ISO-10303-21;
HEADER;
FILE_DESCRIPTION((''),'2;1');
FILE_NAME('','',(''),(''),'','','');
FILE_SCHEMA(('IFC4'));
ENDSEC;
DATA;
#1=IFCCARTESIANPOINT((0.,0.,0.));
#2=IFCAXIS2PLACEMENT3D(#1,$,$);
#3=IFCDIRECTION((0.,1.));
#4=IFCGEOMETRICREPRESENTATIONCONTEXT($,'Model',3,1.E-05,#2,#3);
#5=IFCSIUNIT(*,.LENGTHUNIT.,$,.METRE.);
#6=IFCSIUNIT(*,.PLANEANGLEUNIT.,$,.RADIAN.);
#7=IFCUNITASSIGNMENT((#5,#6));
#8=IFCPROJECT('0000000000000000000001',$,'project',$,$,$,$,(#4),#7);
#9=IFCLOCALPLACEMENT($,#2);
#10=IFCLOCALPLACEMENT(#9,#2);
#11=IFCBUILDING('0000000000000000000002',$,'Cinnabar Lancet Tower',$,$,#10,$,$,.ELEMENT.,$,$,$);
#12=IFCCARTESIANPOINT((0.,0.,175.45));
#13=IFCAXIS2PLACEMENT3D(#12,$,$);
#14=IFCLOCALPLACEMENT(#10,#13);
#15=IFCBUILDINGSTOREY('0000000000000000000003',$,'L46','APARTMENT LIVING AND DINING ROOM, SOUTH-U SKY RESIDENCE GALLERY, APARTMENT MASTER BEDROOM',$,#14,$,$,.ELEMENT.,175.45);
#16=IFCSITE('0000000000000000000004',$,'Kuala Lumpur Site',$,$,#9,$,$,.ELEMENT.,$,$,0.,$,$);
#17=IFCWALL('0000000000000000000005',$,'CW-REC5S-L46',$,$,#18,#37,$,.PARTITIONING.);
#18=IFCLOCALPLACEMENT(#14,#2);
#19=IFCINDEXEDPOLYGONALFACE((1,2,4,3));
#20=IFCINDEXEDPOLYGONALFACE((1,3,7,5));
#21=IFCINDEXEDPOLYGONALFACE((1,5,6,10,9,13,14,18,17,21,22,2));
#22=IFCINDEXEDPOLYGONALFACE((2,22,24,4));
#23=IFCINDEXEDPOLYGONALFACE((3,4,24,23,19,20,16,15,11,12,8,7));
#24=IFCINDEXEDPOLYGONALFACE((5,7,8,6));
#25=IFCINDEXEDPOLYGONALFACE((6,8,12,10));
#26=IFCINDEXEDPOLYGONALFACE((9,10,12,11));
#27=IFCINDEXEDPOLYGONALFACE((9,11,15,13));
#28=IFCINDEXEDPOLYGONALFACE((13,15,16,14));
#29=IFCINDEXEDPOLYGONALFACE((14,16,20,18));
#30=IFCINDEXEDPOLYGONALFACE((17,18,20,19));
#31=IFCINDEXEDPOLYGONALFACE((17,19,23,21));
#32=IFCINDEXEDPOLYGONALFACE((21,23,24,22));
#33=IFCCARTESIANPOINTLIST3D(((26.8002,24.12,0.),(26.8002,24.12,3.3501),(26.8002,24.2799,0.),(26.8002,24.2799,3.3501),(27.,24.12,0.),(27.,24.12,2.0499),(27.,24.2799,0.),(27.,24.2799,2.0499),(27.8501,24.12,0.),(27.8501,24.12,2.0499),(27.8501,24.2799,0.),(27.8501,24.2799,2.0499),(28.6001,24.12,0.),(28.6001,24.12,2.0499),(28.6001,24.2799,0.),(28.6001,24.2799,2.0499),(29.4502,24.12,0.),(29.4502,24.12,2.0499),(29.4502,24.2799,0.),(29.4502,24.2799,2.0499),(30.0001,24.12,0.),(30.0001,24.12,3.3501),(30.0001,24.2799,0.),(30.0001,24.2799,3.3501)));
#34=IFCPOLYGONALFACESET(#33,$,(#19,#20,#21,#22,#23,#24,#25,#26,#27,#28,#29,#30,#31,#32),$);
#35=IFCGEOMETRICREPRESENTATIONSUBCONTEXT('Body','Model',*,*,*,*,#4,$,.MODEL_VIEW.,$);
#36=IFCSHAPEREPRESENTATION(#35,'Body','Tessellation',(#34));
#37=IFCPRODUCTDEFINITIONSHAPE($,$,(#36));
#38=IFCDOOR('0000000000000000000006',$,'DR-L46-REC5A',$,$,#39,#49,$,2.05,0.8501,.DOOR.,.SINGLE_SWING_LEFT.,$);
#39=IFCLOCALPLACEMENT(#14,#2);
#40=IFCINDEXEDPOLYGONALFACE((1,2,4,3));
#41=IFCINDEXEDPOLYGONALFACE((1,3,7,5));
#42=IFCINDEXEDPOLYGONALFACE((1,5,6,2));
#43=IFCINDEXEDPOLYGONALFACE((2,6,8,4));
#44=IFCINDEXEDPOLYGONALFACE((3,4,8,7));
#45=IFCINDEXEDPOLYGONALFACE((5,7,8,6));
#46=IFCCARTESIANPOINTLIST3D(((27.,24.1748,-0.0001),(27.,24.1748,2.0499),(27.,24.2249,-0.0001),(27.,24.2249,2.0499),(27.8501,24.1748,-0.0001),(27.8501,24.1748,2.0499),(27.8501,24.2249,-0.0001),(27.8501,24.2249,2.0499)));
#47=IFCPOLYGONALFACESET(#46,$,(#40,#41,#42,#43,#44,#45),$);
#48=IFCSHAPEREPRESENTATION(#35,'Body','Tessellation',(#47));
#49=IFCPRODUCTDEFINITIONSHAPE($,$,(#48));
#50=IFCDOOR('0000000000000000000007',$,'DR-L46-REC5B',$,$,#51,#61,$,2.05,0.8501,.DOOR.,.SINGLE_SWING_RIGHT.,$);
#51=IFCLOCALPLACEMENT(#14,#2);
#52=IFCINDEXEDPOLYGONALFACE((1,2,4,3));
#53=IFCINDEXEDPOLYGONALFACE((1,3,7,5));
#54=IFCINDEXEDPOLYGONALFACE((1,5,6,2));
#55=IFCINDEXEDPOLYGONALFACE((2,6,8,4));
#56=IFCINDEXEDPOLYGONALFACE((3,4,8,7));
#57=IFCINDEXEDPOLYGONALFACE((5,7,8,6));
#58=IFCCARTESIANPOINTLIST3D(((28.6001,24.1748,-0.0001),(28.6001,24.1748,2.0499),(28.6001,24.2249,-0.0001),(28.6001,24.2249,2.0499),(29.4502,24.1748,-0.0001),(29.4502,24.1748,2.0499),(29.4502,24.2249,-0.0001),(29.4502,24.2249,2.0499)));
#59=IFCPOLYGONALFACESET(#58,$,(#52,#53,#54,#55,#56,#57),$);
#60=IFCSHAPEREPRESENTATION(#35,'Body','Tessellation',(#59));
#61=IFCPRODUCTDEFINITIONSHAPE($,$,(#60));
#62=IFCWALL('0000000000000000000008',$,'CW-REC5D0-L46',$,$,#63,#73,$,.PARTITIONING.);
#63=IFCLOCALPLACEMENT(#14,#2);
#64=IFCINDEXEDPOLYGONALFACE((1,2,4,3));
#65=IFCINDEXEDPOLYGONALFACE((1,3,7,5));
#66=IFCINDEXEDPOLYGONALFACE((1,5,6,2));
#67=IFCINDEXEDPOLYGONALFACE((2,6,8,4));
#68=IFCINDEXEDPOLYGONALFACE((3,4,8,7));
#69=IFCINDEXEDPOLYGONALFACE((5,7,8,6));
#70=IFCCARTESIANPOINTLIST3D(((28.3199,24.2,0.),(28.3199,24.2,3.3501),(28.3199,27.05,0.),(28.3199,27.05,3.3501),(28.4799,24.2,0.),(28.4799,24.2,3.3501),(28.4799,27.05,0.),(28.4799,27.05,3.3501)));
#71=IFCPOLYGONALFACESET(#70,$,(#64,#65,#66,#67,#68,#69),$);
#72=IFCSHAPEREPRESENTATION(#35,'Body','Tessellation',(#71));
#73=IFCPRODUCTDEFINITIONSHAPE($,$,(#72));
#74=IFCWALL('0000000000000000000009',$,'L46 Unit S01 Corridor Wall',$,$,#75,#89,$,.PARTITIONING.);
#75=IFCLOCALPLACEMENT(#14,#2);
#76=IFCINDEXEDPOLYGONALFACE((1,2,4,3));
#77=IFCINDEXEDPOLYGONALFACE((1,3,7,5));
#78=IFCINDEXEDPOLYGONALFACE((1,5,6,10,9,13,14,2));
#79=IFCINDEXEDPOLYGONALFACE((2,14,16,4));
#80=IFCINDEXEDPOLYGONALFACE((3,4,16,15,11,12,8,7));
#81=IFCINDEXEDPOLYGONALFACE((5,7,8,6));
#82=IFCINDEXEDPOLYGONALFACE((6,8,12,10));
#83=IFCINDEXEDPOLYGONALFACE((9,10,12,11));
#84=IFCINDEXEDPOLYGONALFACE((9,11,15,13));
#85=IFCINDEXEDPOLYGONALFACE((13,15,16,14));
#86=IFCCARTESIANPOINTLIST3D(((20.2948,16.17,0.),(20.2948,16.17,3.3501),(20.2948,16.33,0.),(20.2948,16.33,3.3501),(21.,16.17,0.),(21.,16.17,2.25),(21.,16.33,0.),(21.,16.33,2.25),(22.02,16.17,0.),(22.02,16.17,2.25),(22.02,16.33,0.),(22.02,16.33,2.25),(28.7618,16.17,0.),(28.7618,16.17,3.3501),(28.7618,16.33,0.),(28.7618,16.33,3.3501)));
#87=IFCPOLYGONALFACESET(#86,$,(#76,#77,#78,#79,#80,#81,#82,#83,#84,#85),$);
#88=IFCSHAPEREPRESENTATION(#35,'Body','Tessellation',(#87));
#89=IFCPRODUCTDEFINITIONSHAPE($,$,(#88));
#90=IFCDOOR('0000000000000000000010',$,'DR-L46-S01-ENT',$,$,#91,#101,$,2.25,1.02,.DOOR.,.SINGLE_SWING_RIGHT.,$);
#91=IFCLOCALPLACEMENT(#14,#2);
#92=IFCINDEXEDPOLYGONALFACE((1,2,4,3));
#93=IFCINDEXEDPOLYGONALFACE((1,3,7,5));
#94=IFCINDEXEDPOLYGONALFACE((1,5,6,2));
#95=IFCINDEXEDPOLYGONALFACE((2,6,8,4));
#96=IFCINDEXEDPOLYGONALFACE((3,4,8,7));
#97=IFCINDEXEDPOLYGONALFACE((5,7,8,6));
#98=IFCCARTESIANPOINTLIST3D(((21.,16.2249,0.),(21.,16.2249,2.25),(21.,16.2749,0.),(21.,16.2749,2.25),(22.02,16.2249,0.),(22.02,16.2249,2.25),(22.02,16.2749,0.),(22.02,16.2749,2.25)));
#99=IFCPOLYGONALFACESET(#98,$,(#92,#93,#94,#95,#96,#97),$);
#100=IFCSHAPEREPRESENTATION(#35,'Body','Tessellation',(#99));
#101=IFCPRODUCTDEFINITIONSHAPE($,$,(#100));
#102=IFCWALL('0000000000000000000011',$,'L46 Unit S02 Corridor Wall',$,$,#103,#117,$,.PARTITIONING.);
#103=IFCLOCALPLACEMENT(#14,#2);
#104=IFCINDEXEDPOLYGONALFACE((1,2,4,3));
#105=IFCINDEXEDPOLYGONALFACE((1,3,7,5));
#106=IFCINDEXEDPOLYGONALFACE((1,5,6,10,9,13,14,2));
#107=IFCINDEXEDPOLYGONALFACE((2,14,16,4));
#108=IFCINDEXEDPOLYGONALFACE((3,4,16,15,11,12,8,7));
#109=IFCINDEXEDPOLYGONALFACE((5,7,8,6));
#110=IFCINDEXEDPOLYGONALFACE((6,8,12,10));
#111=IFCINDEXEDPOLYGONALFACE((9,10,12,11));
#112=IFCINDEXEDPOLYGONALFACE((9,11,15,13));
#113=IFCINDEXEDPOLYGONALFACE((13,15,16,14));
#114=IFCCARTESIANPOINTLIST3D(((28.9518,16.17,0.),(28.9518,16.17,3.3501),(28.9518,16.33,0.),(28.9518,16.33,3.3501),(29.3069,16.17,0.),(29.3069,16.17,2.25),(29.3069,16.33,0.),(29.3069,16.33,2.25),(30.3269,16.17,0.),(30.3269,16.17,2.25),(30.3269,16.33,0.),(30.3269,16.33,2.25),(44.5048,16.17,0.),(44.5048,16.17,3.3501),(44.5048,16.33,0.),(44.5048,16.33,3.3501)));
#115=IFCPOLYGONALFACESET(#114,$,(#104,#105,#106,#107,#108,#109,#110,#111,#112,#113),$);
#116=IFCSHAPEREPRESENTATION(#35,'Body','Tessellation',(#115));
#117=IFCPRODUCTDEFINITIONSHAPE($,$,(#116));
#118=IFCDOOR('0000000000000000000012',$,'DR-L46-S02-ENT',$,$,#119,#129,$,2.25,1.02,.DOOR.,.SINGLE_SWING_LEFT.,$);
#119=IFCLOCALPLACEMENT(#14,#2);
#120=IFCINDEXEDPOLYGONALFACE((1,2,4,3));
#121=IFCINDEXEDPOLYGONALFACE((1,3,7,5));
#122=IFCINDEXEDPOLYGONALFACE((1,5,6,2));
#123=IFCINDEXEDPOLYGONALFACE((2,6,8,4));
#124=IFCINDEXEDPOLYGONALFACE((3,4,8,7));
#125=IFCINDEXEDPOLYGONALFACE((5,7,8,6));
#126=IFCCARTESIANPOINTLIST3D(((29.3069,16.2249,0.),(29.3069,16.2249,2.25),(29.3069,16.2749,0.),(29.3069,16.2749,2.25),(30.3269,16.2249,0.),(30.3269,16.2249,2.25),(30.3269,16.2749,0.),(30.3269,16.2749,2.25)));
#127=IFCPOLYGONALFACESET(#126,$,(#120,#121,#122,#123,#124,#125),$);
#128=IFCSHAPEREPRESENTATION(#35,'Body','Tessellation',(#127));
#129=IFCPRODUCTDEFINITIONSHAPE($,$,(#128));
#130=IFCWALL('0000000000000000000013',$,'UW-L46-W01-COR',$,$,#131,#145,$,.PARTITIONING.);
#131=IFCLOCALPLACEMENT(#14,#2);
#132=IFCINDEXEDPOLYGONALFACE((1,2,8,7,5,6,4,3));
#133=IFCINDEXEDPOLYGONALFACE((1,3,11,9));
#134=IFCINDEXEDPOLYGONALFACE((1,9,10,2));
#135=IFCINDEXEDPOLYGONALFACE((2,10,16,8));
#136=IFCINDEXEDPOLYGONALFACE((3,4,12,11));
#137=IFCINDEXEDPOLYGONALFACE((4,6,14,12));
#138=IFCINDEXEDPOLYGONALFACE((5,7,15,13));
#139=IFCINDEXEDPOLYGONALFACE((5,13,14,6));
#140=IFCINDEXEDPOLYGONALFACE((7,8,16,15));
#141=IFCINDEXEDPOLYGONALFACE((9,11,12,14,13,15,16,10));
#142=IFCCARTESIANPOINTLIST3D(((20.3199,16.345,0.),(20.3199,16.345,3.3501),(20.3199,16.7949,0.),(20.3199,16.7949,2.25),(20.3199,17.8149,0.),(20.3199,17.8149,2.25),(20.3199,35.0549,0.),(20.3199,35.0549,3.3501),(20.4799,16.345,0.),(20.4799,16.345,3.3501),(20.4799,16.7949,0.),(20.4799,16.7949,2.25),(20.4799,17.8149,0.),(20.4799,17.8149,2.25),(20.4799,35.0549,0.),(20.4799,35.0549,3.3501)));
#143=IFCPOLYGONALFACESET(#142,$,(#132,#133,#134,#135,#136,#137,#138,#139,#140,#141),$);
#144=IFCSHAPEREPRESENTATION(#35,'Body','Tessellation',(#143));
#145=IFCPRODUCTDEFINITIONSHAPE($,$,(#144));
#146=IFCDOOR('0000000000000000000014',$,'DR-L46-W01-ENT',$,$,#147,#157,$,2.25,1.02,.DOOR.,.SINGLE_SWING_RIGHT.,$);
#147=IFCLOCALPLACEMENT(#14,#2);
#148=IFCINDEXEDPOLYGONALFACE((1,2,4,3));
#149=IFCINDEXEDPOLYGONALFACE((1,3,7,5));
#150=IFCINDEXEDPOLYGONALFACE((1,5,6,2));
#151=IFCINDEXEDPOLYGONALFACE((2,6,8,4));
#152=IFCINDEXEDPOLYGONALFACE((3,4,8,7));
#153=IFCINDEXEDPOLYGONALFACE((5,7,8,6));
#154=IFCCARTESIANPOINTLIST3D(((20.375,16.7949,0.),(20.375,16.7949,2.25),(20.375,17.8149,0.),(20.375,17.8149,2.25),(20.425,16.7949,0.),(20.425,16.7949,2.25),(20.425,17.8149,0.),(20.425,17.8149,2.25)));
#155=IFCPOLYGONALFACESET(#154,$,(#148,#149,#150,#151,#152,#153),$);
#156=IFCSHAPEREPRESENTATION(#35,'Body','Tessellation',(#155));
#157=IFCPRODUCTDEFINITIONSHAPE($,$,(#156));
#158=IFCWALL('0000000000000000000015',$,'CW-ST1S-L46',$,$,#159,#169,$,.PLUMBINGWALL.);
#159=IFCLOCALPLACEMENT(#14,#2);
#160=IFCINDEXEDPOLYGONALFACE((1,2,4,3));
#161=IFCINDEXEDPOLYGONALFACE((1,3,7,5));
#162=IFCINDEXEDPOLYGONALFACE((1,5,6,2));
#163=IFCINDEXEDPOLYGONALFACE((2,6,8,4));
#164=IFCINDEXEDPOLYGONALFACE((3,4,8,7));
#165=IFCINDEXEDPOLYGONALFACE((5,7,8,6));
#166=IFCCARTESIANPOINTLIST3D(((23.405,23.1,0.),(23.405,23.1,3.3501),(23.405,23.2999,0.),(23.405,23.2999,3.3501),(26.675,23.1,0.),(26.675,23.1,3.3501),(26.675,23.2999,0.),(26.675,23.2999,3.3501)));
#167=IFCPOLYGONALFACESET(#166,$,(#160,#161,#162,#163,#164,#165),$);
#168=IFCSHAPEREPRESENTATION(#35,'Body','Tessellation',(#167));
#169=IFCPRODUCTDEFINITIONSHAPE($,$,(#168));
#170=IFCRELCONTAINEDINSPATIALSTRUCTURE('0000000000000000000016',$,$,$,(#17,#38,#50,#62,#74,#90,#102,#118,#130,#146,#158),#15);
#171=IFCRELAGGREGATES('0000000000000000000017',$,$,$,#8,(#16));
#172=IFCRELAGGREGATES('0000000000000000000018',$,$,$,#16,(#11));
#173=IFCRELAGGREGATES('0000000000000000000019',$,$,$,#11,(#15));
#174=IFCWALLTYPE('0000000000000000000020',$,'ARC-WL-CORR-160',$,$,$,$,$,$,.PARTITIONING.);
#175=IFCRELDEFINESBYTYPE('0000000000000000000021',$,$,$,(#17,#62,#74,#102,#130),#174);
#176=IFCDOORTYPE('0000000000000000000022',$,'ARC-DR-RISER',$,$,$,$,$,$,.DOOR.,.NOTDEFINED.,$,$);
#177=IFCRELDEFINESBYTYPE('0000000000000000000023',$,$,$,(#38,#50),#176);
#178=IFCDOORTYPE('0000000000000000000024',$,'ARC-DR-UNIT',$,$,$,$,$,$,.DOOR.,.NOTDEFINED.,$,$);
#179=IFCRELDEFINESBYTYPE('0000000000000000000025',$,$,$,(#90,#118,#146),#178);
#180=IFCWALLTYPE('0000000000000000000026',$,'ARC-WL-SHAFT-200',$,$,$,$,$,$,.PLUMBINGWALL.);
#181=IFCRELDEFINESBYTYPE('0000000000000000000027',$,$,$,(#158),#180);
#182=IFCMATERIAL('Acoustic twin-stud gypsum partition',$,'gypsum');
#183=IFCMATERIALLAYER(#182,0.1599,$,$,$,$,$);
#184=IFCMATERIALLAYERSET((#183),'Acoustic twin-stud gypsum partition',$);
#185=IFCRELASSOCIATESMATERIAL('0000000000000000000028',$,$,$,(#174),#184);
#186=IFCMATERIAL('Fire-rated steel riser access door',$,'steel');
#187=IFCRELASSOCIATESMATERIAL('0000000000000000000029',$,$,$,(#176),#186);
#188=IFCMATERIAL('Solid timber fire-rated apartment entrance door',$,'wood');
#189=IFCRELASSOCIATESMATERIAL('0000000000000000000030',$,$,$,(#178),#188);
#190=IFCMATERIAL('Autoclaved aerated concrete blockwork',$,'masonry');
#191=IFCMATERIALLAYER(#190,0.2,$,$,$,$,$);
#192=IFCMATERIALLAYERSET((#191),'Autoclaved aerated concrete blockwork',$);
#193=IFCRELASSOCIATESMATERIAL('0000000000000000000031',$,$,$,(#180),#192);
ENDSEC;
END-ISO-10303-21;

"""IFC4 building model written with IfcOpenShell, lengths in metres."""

from ifc_helpers import new_model, si_unit, direction, frame, frame_2d, origin, place, context, subcontext, project, spatial, rectangle, extrude, material, layer, layer_set, type_object, element, fill, save


model = new_model("IFC4")

# Units and contexts
model_context = context("Model", 3, precision=1e-05, world=origin(), true_north=direction((0.0, 1.0)))
body_context = subcontext(model_context, "Body", "Model", "MODEL_VIEW")
ifc_project = project(units=[si_unit("LENGTHUNIT", "METRE"), si_unit("PLANEANGLEUNIT", "RADIAN")], contexts=[model_context])

# Site, building, storey
site_placement = place(None, origin())
site = spatial("IfcSite", under=ifc_project, at=site_placement, Name="Kuala Lumpur Site", CompositionType="ELEMENT", RefElevation=0.0)
building_placement = place(site_placement, origin())
building = spatial("IfcBuilding", under=site, at=building_placement, Name="Cinnabar Lancet Tower", CompositionType="ELEMENT")
storey_placement = place(building_placement, frame((0.0, 0.0, 175.45)))
storey = spatial("IfcBuildingStorey", under=building, at=storey_placement, Name="L46", Description="APARTMENT LIVING AND DINING ROOM, SOUTH-U SKY RESIDENCE GALLERY, APARTMENT MASTER BEDROOM", CompositionType="ELEMENT", Elevation=175.45)

# Wall, openings, doors
ifc_material_1 = material(Name="Acoustic twin-stud gypsum partition", Category="gypsum")
ifc_layer_1 = layer(ifc_material_1, 0.1599)
ifc_layer_set_1 = layer_set([ifc_layer_1], Name="Acoustic twin-stud gypsum partition")
wall_type_1 = type_object("IfcWallType", Name="ARC-WL-CORR-160", PredefinedType="PARTITIONING", material=ifc_layer_set_1)
wall_1_placement = place(storey_placement, frame((26.8, 24.2, 0.0), z_axis=(0.0, 0.0, 1.0), x_axis=(1.0, 0.0, 0.0)))
wall_1 = element("IfcWall", 1, at=wall_1_placement, inside=storey, type_object=wall_type_1, Name="CW-REC5S-L46", PredefinedType="PARTITIONING", context=body_context, shape_type="SweptSolid", body=[
    extrude(rectangle(XDim=3.2, YDim=0.1599, at=frame_2d((1.6001, 0.0))), origin(), (0.0, 0.0, 1.0), 3.3501),
])
opening_1_placement = place(wall_1_placement, frame((0.2, 0.0, 0.0)))
opening_1 = element("IfcOpeningElement", 2, at=opening_1_placement, cuts=wall_1, PredefinedType="OPENING", context=body_context, shape_type="SweptSolid", body=[
    extrude(rectangle(XDim=0.8501, YDim=2.05, at=frame_2d((0.425, 1.0249))), frame((0.0, 0.0898, 0.0), z_axis=(0.0, -1.0, 0.0), x_axis=(1.0, 0.0, 0.0)), (0.0, 0.0, 1.0), 0.1799),
])
opening_2_placement = place(wall_1_placement, frame((1.8, 0.0, 0.0)))
opening_2 = element("IfcOpeningElement", 3, at=opening_2_placement, cuts=wall_1, PredefinedType="OPENING", context=body_context, shape_type="SweptSolid", body=[
    extrude(rectangle(XDim=0.8501, YDim=2.05, at=frame_2d((0.425, 1.0249))), frame((0.0, 0.0898, 0.0), z_axis=(0.0, -1.0, 0.0), x_axis=(1.0, 0.0, 0.0)), (0.0, 0.0, 1.0), 0.1799),
])
ifc_material_2 = material(Name="Fire-rated steel riser access door", Category="steel")
door_type_1 = type_object("IfcDoorType", Name="ARC-DR-RISER", OperationType="NOTDEFINED", PredefinedType="DOOR", material=ifc_material_2)
door_1_placement = place(opening_1_placement, origin())
door_1 = element("IfcDoor", 4, at=door_1_placement, inside=storey, type_object=door_type_1, Name="DR-L46-REC5A", OperationType="SINGLE_SWING_LEFT", OverallHeight=2.05, OverallWidth=0.8501, PredefinedType="DOOR", context=body_context, shape_type="SweptSolid", body=[
    extrude(rectangle(XDim=0.8501, YDim=2.05, at=frame_2d((0.425, 1.0249))), frame((0.0, 0.0249, 0.0), z_axis=(0.0, -1.0, 0.0), x_axis=(1.0, 0.0, 0.0)), (0.0, 0.0, 1.0), 0.05),
])
fill(opening_1, door_1)
door_2_placement = place(opening_2_placement, origin())
door_2 = element("IfcDoor", 5, at=door_2_placement, inside=storey, type_object=door_type_1, Name="DR-L46-REC5B", OperationType="SINGLE_SWING_RIGHT", OverallHeight=2.05, OverallWidth=0.8501, PredefinedType="DOOR", context=body_context, shape_type="SweptSolid", body=[
    extrude(rectangle(XDim=0.8501, YDim=2.05, at=frame_2d((0.425, 1.0249))), frame((0.0, 0.0249, 0.0), z_axis=(0.0, -1.0, 0.0), x_axis=(1.0, 0.0, 0.0)), (0.0, 0.0, 1.0), 0.05),
])
fill(opening_2, door_2)

# Wall
wall_2_placement = place(storey_placement, frame((28.3999, 24.2, 0.0), z_axis=(0.0, 0.0, 1.0), x_axis=(0.0, 1.0, 0.0)))
element("IfcWall", 6, at=wall_2_placement, inside=storey, type_object=wall_type_1, Name="CW-REC5D0-L46", PredefinedType="PARTITIONING", context=body_context, shape_type="SweptSolid", body=[
    extrude(rectangle(XDim=2.8501, YDim=0.1599, at=frame_2d((1.425, 0.0))), origin(), (0.0, 0.0, 1.0), 3.3501),
])

# Walls, openings, doors
wall_3_placement = place(storey_placement, frame((20.2949, 16.25, 0.0), z_axis=(0.0, 0.0, 1.0), x_axis=(1.0, 0.0, 0.0)))
wall_3 = element("IfcWall", 7, at=wall_3_placement, inside=storey, type_object=wall_type_1, Name="L46 Unit S01 Corridor Wall", PredefinedType="PARTITIONING", context=body_context, shape_type="SweptSolid", body=[
    extrude(rectangle(XDim=8.467, YDim=0.1599, at=frame_2d((4.2334, 0.0))), origin(), (0.0, 0.0, 1.0), 3.3501),
])
opening_3_placement = place(wall_3_placement, frame((0.7051, 0.0, 0.0)))
opening_3 = element("IfcOpeningElement", 8, at=opening_3_placement, cuts=wall_3, PredefinedType="OPENING", context=body_context, shape_type="SweptSolid", body=[
    extrude(rectangle(XDim=1.02, YDim=2.25, at=frame_2d((0.51, 1.125))), frame((0.0, 0.0898, 0.0), z_axis=(0.0, -1.0, 0.0), x_axis=(1.0, 0.0, 0.0)), (0.0, 0.0, 1.0), 0.1799),
])
ifc_material_3 = material(Name="Solid timber fire-rated apartment entrance door", Category="wood")
door_type_2 = type_object("IfcDoorType", Name="ARC-DR-UNIT", OperationType="NOTDEFINED", PredefinedType="DOOR", material=ifc_material_3)
door_3_placement = place(opening_3_placement, origin())
door_3 = element("IfcDoor", 9, at=door_3_placement, inside=storey, type_object=door_type_2, Name="DR-L46-S01-ENT", OperationType="SINGLE_SWING_RIGHT", OverallHeight=2.25, OverallWidth=1.02, PredefinedType="DOOR", context=body_context, shape_type="SweptSolid", body=[
    extrude(rectangle(XDim=1.02, YDim=2.25, at=frame_2d((0.51, 1.125))), frame((0.0, 0.0249, 0.0), z_axis=(0.0, -1.0, 0.0), x_axis=(1.0, 0.0, 0.0)), (0.0, 0.0, 1.0), 0.05),
])
fill(opening_3, door_3)
wall_4_placement = place(storey_placement, frame((28.9519, 16.25, 0.0), z_axis=(0.0, 0.0, 1.0), x_axis=(1.0, 0.0, 0.0)))
wall_4 = element("IfcWall", 10, at=wall_4_placement, inside=storey, type_object=wall_type_1, Name="L46 Unit S02 Corridor Wall", PredefinedType="PARTITIONING", context=body_context, shape_type="SweptSolid", body=[
    extrude(rectangle(XDim=15.553, YDim=0.1599, at=frame_2d((7.7764, 0.0))), origin(), (0.0, 0.0, 1.0), 3.3501),
])
opening_4_placement = place(wall_4_placement, frame((0.355, 0.0, 0.0)))
opening_4 = element("IfcOpeningElement", 11, at=opening_4_placement, cuts=wall_4, PredefinedType="OPENING", context=body_context, shape_type="SweptSolid", body=[
    extrude(rectangle(XDim=1.02, YDim=2.25, at=frame_2d((0.51, 1.125))), frame((0.0, 0.0898, 0.0), z_axis=(0.0, -1.0, 0.0), x_axis=(1.0, 0.0, 0.0)), (0.0, 0.0, 1.0), 0.1799),
])
door_4_placement = place(opening_4_placement, origin())
door_4 = element("IfcDoor", 12, at=door_4_placement, inside=storey, type_object=door_type_2, Name="DR-L46-S02-ENT", OperationType="SINGLE_SWING_LEFT", OverallHeight=2.25, OverallWidth=1.02, PredefinedType="DOOR", context=body_context, shape_type="SweptSolid", body=[
    extrude(rectangle(XDim=1.02, YDim=2.25, at=frame_2d((0.51, 1.125))), frame((0.0, 0.0249, 0.0), z_axis=(0.0, -1.0, 0.0), x_axis=(1.0, 0.0, 0.0)), (0.0, 0.0, 1.0), 0.05),
])
fill(opening_4, door_4)
wall_5_placement = place(storey_placement, frame((20.3999, 16.345, 0.0), z_axis=(0.0, 0.0, 1.0), x_axis=(0.0, 1.0, 0.0)))
wall_5 = element("IfcWall", 13, at=wall_5_placement, inside=storey, type_object=wall_type_1, Name="UW-L46-W01-COR", PredefinedType="PARTITIONING", context=body_context, shape_type="SweptSolid", body=[
    extrude(rectangle(XDim=18.71, YDim=0.1599, at=frame_2d((9.355, 0.0))), origin(), (0.0, 0.0, 1.0), 3.3501),
])
opening_5_placement = place(wall_5_placement, frame((0.45, 0.0, 0.0)))
opening_5 = element("IfcOpeningElement", 14, at=opening_5_placement, cuts=wall_5, PredefinedType="OPENING", context=body_context, shape_type="SweptSolid", body=[
    extrude(rectangle(XDim=1.02, YDim=2.25, at=frame_2d((0.51, 1.125))), frame((0.0, 0.0898, 0.0), z_axis=(0.0, -1.0, 0.0), x_axis=(1.0, 0.0, 0.0)), (0.0, 0.0, 1.0), 0.1799),
])
door_5_placement = place(opening_5_placement, origin())
door_5 = element("IfcDoor", 15, at=door_5_placement, inside=storey, type_object=door_type_2, Name="DR-L46-W01-ENT", OperationType="SINGLE_SWING_RIGHT", OverallHeight=2.25, OverallWidth=1.02, PredefinedType="DOOR", context=body_context, shape_type="SweptSolid", body=[
    extrude(rectangle(XDim=1.02, YDim=2.25, at=frame_2d((0.51, 1.125))), frame((0.0, 0.0249, 0.0), z_axis=(0.0, -1.0, 0.0), x_axis=(1.0, 0.0, 0.0)), (0.0, 0.0, 1.0), 0.05),
])
fill(opening_5, door_5)

# Wall
ifc_material_4 = material(Name="Autoclaved aerated concrete blockwork", Category="masonry")
ifc_layer_2 = layer(ifc_material_4, 0.2)
ifc_layer_set_2 = layer_set([ifc_layer_2], Name="Autoclaved aerated concrete blockwork")
wall_type_2 = type_object("IfcWallType", Name="ARC-WL-SHAFT-200", PredefinedType="PLUMBINGWALL", material=ifc_layer_set_2)
wall_6_placement = place(storey_placement, frame((23.405, 23.2, 0.0), z_axis=(0.0, 0.0, 1.0), x_axis=(1.0, 0.0, 0.0)))
element("IfcWall", 16, at=wall_6_placement, inside=storey, type_object=wall_type_2, Name="CW-ST1S-L46", PredefinedType="PLUMBINGWALL", context=body_context, shape_type="SweptSolid", body=[
    extrude(rectangle(XDim=3.27, YDim=0.2, at=frame_2d((1.635, 0.0))), origin(), (0.0, 0.0, 1.0), 3.3501),
])

save(model, "model.ifc")
